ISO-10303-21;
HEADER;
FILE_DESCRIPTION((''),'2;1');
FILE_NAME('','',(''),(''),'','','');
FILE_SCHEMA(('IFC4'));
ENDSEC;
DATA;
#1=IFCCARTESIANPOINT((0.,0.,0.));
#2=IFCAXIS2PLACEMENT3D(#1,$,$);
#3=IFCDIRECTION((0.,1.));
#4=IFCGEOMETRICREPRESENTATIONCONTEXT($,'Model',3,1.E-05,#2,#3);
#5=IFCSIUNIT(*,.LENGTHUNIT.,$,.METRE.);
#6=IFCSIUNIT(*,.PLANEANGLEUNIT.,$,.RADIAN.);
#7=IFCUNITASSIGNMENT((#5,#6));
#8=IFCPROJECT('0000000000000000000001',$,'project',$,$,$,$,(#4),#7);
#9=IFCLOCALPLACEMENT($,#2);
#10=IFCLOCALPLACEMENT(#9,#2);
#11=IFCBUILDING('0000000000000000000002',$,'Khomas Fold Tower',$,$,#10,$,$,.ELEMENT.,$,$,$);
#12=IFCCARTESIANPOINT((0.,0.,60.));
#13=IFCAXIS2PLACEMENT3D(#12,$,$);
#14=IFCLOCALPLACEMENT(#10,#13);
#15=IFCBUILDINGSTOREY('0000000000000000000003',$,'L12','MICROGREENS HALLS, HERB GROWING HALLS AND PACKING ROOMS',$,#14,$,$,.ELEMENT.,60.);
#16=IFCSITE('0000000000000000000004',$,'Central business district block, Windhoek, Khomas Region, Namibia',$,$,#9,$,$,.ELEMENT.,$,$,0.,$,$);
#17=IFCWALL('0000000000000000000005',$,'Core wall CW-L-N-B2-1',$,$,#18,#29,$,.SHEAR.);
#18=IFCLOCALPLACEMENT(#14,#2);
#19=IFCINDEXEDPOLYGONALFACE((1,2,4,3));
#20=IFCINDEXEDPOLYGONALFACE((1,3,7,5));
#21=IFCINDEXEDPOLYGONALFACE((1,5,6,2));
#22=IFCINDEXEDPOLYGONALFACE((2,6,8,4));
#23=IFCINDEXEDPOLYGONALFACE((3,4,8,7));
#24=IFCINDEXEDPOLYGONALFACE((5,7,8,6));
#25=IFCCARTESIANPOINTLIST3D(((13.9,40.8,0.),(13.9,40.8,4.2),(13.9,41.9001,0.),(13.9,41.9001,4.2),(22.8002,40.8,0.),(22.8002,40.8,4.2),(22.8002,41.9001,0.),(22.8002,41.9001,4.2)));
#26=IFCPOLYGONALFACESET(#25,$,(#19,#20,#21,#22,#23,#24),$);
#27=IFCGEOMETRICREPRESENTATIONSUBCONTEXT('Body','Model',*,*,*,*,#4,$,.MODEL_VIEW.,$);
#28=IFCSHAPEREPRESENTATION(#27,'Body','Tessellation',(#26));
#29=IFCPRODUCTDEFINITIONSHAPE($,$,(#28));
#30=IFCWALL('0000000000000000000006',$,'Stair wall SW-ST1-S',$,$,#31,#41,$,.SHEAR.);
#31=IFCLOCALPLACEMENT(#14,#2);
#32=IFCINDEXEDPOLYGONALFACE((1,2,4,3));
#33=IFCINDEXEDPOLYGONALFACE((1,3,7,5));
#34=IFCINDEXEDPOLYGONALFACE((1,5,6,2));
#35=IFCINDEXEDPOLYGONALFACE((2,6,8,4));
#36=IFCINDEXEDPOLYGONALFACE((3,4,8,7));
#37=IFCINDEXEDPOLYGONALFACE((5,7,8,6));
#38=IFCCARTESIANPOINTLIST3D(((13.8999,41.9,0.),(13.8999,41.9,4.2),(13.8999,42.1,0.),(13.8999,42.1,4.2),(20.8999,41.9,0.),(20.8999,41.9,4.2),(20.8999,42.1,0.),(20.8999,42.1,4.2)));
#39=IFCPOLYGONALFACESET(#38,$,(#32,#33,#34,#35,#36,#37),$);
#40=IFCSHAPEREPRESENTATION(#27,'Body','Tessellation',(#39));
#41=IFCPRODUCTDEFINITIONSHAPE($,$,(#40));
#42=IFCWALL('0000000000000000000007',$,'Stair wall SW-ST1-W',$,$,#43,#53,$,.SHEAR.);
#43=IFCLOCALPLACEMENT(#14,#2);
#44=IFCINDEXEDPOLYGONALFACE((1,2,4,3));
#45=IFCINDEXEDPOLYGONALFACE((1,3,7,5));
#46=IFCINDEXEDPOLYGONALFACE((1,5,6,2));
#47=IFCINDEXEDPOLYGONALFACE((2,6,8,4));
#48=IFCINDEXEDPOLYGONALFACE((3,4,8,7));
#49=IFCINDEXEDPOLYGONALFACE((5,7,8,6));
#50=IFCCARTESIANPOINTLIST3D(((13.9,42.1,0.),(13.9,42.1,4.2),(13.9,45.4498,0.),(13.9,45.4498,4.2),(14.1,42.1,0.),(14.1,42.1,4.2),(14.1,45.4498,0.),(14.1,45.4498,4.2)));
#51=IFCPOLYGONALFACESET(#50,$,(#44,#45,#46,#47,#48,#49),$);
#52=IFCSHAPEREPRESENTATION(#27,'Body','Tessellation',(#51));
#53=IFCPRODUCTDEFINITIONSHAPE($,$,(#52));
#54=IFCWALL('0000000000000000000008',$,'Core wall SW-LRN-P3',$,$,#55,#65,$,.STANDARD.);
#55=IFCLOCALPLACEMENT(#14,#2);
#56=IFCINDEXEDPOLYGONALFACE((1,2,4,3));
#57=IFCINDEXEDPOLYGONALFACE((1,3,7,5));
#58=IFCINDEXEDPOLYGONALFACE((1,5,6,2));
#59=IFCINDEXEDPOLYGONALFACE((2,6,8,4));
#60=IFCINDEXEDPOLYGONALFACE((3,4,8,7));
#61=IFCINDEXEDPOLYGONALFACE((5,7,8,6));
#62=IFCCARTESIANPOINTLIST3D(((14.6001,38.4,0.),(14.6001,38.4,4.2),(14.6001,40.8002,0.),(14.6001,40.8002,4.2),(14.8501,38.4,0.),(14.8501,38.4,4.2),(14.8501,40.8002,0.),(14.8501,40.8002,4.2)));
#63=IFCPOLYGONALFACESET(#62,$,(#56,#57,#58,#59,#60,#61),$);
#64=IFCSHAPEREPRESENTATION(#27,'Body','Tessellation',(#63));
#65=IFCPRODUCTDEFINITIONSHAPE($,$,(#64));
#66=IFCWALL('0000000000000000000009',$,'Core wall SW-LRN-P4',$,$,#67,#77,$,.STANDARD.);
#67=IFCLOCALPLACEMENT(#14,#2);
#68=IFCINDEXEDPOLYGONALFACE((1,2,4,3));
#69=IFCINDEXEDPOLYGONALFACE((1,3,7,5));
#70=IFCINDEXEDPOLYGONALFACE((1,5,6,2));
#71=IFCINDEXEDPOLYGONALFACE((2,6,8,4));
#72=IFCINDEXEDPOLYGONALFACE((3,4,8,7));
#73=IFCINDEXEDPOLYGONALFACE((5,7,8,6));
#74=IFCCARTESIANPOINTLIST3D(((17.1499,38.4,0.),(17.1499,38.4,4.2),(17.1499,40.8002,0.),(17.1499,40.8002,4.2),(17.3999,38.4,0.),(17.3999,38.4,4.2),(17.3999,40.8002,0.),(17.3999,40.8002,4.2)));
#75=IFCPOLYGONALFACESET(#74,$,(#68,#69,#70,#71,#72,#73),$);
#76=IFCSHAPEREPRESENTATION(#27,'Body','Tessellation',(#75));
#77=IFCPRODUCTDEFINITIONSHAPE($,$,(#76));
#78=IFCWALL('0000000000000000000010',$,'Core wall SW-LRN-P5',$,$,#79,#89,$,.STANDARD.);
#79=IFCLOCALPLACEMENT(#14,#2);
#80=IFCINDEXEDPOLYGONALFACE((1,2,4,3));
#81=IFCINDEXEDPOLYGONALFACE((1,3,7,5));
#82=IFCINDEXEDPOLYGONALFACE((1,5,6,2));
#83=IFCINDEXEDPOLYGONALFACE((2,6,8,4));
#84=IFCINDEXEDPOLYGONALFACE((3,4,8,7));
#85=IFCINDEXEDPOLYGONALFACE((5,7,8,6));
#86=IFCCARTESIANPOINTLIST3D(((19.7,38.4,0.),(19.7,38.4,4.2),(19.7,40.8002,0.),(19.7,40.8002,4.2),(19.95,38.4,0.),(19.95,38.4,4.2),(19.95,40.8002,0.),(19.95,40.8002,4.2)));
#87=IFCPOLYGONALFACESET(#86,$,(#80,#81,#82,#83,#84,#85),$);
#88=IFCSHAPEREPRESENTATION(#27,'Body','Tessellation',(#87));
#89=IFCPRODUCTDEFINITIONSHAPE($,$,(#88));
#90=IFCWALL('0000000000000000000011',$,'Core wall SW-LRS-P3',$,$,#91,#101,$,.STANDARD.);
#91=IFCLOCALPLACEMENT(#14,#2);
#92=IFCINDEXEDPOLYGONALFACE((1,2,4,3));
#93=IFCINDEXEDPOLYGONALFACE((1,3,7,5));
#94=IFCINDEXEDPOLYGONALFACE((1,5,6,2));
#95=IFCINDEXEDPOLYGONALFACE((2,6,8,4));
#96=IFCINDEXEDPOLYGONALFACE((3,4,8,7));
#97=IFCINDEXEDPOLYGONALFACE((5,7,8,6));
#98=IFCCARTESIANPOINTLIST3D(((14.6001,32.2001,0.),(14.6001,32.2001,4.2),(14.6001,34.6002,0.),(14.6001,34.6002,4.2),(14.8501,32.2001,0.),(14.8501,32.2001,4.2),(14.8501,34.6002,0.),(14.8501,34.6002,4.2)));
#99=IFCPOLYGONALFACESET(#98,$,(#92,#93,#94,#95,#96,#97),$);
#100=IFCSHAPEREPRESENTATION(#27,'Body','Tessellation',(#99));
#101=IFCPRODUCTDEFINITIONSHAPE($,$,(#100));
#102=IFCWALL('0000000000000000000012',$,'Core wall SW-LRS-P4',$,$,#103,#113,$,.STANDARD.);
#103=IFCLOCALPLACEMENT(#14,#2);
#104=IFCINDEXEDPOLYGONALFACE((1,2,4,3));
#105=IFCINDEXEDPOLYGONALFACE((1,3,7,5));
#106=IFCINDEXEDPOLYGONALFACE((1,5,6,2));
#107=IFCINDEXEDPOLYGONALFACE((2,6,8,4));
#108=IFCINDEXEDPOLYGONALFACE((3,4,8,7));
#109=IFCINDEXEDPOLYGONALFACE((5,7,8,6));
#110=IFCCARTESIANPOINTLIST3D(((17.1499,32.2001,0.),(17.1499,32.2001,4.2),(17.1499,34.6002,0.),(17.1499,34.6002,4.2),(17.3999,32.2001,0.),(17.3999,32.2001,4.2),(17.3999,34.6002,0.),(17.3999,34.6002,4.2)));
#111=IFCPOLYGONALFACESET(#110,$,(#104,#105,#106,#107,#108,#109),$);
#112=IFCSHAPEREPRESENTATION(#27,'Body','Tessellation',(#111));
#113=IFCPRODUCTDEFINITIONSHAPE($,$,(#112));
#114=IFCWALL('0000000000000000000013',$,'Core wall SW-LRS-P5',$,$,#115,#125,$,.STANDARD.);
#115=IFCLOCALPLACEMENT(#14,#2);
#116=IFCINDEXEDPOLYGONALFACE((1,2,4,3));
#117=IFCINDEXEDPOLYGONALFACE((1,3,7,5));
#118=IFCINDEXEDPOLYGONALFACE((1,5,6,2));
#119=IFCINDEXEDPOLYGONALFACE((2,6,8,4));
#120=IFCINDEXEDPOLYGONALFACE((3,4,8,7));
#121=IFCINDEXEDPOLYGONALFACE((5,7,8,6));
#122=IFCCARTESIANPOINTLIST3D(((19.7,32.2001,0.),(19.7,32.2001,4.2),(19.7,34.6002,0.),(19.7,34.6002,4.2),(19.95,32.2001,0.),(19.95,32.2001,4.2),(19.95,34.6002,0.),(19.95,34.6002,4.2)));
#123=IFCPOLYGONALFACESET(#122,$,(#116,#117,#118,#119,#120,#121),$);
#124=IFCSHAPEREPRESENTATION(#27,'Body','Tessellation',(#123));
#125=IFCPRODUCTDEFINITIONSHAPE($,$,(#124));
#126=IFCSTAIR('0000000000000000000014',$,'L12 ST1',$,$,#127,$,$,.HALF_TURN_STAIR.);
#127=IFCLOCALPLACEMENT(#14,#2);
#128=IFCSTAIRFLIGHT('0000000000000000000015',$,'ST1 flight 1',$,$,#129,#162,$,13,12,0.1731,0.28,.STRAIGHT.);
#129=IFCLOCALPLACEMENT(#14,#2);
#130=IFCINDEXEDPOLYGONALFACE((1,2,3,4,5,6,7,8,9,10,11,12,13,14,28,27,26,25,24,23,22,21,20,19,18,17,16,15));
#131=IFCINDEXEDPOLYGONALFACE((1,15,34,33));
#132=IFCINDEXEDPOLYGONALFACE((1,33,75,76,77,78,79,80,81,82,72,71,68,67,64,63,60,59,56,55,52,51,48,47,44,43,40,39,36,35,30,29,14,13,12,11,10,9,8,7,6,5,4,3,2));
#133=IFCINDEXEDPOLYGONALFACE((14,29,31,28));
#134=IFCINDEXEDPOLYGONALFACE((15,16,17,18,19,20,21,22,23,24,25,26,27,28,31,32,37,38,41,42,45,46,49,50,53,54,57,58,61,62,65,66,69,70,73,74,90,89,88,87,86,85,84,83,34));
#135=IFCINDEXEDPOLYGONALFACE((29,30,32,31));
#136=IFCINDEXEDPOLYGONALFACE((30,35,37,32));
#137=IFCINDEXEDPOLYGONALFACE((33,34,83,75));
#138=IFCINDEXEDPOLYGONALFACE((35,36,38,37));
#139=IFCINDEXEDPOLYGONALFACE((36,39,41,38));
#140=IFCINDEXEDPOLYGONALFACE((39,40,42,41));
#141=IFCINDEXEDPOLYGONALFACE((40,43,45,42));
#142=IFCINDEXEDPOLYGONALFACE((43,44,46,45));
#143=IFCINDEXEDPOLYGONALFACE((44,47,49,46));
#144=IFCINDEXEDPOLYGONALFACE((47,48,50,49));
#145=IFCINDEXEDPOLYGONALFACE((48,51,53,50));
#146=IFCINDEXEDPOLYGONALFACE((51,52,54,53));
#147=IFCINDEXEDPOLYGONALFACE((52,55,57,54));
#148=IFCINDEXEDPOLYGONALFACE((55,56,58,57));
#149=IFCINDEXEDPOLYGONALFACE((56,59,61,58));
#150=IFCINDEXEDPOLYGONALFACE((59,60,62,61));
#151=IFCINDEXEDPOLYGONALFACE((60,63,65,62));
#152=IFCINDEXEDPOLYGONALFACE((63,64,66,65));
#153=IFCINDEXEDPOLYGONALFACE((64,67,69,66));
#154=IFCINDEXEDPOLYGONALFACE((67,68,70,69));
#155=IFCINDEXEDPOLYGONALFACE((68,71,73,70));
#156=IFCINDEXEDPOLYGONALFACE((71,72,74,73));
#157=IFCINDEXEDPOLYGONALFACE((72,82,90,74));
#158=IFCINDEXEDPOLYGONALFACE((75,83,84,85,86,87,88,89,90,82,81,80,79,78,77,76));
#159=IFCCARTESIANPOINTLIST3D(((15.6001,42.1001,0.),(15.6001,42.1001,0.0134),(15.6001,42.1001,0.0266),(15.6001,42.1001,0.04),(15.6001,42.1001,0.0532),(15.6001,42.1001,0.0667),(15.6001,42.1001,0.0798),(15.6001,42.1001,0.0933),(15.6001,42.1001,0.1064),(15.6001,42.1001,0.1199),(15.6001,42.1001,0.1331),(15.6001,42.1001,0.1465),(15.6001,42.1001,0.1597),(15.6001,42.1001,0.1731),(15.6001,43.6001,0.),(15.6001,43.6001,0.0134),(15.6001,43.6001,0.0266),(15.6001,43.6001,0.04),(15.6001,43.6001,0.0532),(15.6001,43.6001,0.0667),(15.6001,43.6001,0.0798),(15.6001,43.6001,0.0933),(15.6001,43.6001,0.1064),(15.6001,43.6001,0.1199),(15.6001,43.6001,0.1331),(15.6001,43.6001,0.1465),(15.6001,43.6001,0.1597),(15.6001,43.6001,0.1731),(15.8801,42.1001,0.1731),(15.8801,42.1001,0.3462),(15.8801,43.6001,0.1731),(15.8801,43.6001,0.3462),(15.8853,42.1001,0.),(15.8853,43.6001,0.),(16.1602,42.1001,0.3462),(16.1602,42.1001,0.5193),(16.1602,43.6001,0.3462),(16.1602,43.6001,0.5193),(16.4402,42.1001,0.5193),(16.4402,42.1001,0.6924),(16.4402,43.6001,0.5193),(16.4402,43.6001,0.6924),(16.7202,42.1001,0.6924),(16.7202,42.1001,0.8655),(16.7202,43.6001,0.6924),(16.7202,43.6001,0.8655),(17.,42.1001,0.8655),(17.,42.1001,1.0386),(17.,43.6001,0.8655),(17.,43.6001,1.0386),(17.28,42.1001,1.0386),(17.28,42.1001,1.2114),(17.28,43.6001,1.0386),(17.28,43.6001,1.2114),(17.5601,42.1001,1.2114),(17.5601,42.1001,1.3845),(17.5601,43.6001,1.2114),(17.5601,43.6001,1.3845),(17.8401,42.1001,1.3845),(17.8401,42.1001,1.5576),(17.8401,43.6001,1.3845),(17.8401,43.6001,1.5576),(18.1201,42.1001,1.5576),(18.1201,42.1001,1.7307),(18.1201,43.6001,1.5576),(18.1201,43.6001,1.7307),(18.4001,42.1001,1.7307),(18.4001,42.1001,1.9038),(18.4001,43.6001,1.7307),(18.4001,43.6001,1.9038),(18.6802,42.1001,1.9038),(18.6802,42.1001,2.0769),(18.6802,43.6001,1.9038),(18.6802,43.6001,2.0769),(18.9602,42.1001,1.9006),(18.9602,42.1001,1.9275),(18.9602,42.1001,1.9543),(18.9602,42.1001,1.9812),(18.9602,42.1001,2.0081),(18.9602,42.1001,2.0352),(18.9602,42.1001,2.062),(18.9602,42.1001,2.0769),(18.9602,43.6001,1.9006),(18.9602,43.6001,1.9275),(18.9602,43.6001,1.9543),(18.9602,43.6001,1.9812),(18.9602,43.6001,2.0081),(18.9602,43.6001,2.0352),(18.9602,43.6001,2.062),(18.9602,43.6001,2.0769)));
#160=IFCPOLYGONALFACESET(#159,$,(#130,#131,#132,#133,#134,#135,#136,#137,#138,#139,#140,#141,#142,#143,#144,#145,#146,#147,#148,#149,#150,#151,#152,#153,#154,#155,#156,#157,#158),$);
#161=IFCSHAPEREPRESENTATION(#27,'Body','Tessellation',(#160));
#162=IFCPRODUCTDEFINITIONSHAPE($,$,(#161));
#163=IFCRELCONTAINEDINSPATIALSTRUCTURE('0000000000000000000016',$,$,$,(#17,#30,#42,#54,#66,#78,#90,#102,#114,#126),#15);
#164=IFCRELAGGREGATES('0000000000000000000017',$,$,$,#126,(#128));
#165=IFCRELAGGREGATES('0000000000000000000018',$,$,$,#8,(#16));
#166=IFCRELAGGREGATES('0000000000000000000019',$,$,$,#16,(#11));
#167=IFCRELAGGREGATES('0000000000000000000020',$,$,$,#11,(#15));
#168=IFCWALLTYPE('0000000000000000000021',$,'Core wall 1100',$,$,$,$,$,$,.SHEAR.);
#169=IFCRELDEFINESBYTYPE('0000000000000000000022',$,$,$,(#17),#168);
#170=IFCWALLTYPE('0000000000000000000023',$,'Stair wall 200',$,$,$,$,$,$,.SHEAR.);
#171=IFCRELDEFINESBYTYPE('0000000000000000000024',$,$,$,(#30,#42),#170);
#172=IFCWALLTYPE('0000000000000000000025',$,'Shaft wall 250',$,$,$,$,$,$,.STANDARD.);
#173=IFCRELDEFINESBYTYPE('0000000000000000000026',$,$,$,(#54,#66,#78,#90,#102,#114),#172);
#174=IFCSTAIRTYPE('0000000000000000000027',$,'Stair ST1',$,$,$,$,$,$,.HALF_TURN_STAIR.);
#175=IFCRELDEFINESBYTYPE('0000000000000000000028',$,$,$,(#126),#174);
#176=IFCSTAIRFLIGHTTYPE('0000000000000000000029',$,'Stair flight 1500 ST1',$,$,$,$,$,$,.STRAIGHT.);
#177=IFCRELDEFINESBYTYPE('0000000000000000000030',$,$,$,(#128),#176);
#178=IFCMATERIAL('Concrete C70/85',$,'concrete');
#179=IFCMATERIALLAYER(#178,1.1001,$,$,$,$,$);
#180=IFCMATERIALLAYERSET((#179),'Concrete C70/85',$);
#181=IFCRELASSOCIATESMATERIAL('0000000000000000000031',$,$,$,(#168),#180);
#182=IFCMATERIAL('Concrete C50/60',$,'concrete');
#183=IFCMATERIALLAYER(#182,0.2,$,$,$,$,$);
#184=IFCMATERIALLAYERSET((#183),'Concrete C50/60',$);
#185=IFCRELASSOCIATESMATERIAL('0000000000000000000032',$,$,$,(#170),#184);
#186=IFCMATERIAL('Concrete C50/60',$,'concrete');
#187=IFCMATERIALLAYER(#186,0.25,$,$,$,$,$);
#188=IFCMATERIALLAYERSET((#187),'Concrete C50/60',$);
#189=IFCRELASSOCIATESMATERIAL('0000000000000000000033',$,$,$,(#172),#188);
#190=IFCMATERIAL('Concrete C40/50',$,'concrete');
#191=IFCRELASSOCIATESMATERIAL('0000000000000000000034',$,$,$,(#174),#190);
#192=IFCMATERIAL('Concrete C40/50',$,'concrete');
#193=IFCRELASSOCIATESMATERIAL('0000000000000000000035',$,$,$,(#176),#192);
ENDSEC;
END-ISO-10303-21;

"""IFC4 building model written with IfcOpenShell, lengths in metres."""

from ifc_helpers import new_model, si_unit, direction, frame, frame_2d, origin, place, context, subcontext, project, spatial, polyline, rectangle, outline, extrude, source, transform, mapped, material, layer, layer_set, type_object, element, aggregate, save


model = new_model("IFC4")

# Units and contexts
model_context = context("Model", 3, precision=1e-05, world=origin(), true_north=direction((0.0, 1.0)))
body_context = subcontext(model_context, "Body", "Model", "MODEL_VIEW")
ifc_project = project(units=[si_unit("LENGTHUNIT", "METRE"), si_unit("PLANEANGLEUNIT", "RADIAN")], contexts=[model_context])

# Site, building, storey
site_placement = place(None, origin())
site = spatial("IfcSite", under=ifc_project, at=site_placement, Name="Central business district block, Windhoek, Khomas Region, Namibia", CompositionType="ELEMENT", RefElevation=0.0)
building_placement = place(site_placement, origin())
building = spatial("IfcBuilding", under=site, at=building_placement, Name="Khomas Fold Tower", CompositionType="ELEMENT")
storey_placement = place(building_placement, frame((0.0, 0.0, 60.0)))
storey = spatial("IfcBuildingStorey", under=building, at=storey_placement, Name="L12", Description="MICROGREENS HALLS, HERB GROWING HALLS AND PACKING ROOMS", CompositionType="ELEMENT", Elevation=60.0)

# Walls
ifc_material_1 = material(Name="Concrete C70/85", Category="concrete")
ifc_layer_1 = layer(ifc_material_1, 1.1001)
ifc_layer_set_1 = layer_set([ifc_layer_1], Name="Concrete C70/85")
wall_type_1 = type_object("IfcWallType", Name="Core wall 1100", PredefinedType="SHEAR", material=ifc_layer_set_1)
shared_shape_1 = source(origin(), body_context, "Body", "SweptSolid", [
    extrude(rectangle(XDim=8.9001, YDim=1.1001, at=frame_2d((4.4502, 0.0))), origin(), (0.0, 0.0, 1.0), 4.2),
])
wall_1_placement = place(storey_placement, frame((13.8999, 41.3501, 0.0), z_axis=(0.0, 0.0, 1.0), x_axis=(1.0, 0.0, 0.0)))
element("IfcWall", 1, at=wall_1_placement, inside=storey, type_object=wall_type_1, Name="Core wall CW-L-N-B2-1", PredefinedType="SHEAR", context=body_context, shape_type="MappedRepresentation", body=[
    mapped(shared_shape_1, transform((0.0, 0.0, 0.0))),
])
ifc_material_2 = material(Name="Concrete C50/60", Category="concrete")
ifc_layer_2 = layer(ifc_material_2, 0.2)
ifc_layer_set_2 = layer_set([ifc_layer_2], Name="Concrete C50/60")
wall_type_2 = type_object("IfcWallType", Name="Stair wall 200", PredefinedType="SHEAR", material=ifc_layer_set_2)
shared_shape_2 = source(origin(), body_context, "Body", "SweptSolid", [
    extrude(rectangle(XDim=7.0, YDim=0.2, at=frame_2d((3.5, 0.0))), origin(), (0.0, 0.0, 1.0), 4.2),
])
wall_2_placement = place(storey_placement, frame((13.8999, 42.0, 0.0), z_axis=(0.0, 0.0, 1.0), x_axis=(1.0, 0.0, 0.0)))
element("IfcWall", 2, at=wall_2_placement, inside=storey, type_object=wall_type_2, Name="Stair wall SW-ST1-S", PredefinedType="SHEAR", context=body_context, shape_type="MappedRepresentation", body=[
    mapped(shared_shape_2, transform((0.0, 0.0, 0.0))),
])
shared_shape_3 = source(origin(), body_context, "Body", "SweptSolid", [
    extrude(rectangle(XDim=3.3499, YDim=0.2, at=frame_2d((1.6748, 0.0))), origin(), (0.0, 0.0, 1.0), 4.2),
])
wall_3_placement = place(storey_placement, frame((14.0, 42.1001, 0.0), z_axis=(0.0, 0.0, 1.0), x_axis=(0.0, 1.0, 0.0)))
element("IfcWall", 3, at=wall_3_placement, inside=storey, type_object=wall_type_2, Name="Stair wall SW-ST1-W", PredefinedType="SHEAR", context=body_context, shape_type="MappedRepresentation", body=[
    mapped(shared_shape_3, transform((0.0, 0.0, 0.0))),
])
ifc_material_3 = material(Name="Concrete C50/60", Category="concrete")
ifc_layer_3 = layer(ifc_material_3, 0.25)
ifc_layer_set_3 = layer_set([ifc_layer_3], Name="Concrete C50/60")
wall_type_3 = type_object("IfcWallType", Name="Shaft wall 250", PredefinedType="STANDARD", material=ifc_layer_set_3)
shared_shape_4 = source(origin(), body_context, "Body", "SweptSolid", [
    extrude(rectangle(XDim=2.4001, YDim=0.25, at=frame_2d((1.2002, 0.0))), origin(), (0.0, 0.0, 1.0), 4.2),
])
for number, where, z_axis, x_axis, name in (
    (4, (14.7251, 38.3999, 0.0), (0.0, 0.0, 1.0), (0.0, 1.0, 0.0), "Core wall SW-LRN-P3"),
    (5, (17.2749, 38.3999, 0.0), (0.0, 0.0, 1.0), (0.0, 1.0, 0.0), "Core wall SW-LRN-P4"),
    (6, (19.825, 38.3999, 0.0), (0.0, 0.0, 1.0), (0.0, 1.0, 0.0), "Core wall SW-LRN-P5"),
    (7, (14.7251, 32.2, 0.0), (0.0, 0.0, 1.0), (0.0, 1.0, 0.0), "Core wall SW-LRS-P3"),
    (8, (17.2749, 32.2, 0.0), (0.0, 0.0, 1.0), (0.0, 1.0, 0.0), "Core wall SW-LRS-P4"),
    (9, (19.825, 32.2, 0.0), (0.0, 0.0, 1.0), (0.0, 1.0, 0.0), "Core wall SW-LRS-P5"),
):
    element("IfcWall", number, at=place(storey_placement, frame(where, z_axis=z_axis, x_axis=x_axis)), inside=storey, type_object=wall_type_3, Name=name, PredefinedType="STANDARD", context=body_context, shape_type="MappedRepresentation", body=[
        mapped(shared_shape_4, transform((0.0, 0.0, 0.0))),
    ])

# Stair, stair flight
ifc_material_4 = material(Name="Concrete C40/50", Category="concrete")
stair_type = type_object("IfcStairType", Name="Stair ST1", PredefinedType="HALF_TURN_STAIR", material=ifc_material_4)
stair_placement = place(storey_placement, origin())
stair = element("IfcStair", 10, at=stair_placement, inside=storey, type_object=stair_type, Name="L12 ST1", PredefinedType="HALF_TURN_STAIR")
ifc_material_5 = material(Name="Concrete C40/50", Category="concrete")
stair_flight_type = type_object("IfcStairFlightType", Name="Stair flight 1500 ST1", PredefinedType="STRAIGHT", material=ifc_material_5)
shared_shape_5 = source(origin(), body_context, "Body", "SweptSolid", [
    extrude(outline(polyline([(0.0, 0.0), (0.0, 0.0134), (0.0, 0.0266), (0.0, 0.04), (0.0, 0.0532), (0.0, 0.0667), (0.0, 0.0798), (0.0, 0.0933), (0.0, 0.1064), (0.0, 0.1199), (0.0, 0.1331), (0.0, 0.1465), (0.0, 0.1597), (0.0, 0.1731), (0.28, 0.1731), (0.28, 0.3462), (0.5601, 0.3462), (0.5601, 0.5193), (0.8401, 0.5193), (0.8401, 0.6924), (1.1201, 0.6924), (1.1201, 0.8655), (1.3999, 0.8655), (1.3999, 1.0386), (1.6799, 1.0386), (1.6799, 1.2114), (1.96, 1.2114), (1.96, 1.3845), (2.24, 1.3845), (2.24, 1.5576), (2.52, 1.5576), (2.52, 1.7307), (2.8, 1.7307), (2.8, 1.9038), (3.0801, 1.9038), (3.0801, 2.0769), (3.3601, 2.0769), (3.3601, 2.25), (3.3601, 2.2231), (3.3601, 2.1963), (3.3601, 2.1694), (3.3601, 2.1426), (3.3601, 2.1157), (3.3601, 2.0889), (3.3601, 2.062), (3.3601, 2.0352), (3.3601, 2.0081), (3.3601, 1.9812), (3.3601, 1.9543), (3.3601, 1.9275), (3.3601, 1.9006), (0.2852, 0.0), (0.0, 0.0)])), frame((0.0, 0.75, 0.0), z_axis=(0.0, -1.0, 0.0), x_axis=(1.0, 0.0, 0.0)), (0.0, 0.0, 1.0), 1.5),
])
stair_flight_placement = place(storey_placement, frame((15.6001, 42.8501, 0.0), z_axis=(0.0, 0.0, 1.0), x_axis=(1.0, 0.0, 0.0)))
stair_flight = element("IfcStairFlight", 11, at=stair_flight_placement, type_object=stair_flight_type, Name="ST1 flight 1", NumberOfRisers=13, NumberOfTreads=12, PredefinedType="STRAIGHT", RiserHeight=0.1731, TreadLength=0.28, context=body_context, shape_type="MappedRepresentation", body=[
    mapped(shared_shape_5, transform((0.0, 0.0, 0.0))),
])
aggregate(stair, [stair_flight])

save(model, "model.ifc")
